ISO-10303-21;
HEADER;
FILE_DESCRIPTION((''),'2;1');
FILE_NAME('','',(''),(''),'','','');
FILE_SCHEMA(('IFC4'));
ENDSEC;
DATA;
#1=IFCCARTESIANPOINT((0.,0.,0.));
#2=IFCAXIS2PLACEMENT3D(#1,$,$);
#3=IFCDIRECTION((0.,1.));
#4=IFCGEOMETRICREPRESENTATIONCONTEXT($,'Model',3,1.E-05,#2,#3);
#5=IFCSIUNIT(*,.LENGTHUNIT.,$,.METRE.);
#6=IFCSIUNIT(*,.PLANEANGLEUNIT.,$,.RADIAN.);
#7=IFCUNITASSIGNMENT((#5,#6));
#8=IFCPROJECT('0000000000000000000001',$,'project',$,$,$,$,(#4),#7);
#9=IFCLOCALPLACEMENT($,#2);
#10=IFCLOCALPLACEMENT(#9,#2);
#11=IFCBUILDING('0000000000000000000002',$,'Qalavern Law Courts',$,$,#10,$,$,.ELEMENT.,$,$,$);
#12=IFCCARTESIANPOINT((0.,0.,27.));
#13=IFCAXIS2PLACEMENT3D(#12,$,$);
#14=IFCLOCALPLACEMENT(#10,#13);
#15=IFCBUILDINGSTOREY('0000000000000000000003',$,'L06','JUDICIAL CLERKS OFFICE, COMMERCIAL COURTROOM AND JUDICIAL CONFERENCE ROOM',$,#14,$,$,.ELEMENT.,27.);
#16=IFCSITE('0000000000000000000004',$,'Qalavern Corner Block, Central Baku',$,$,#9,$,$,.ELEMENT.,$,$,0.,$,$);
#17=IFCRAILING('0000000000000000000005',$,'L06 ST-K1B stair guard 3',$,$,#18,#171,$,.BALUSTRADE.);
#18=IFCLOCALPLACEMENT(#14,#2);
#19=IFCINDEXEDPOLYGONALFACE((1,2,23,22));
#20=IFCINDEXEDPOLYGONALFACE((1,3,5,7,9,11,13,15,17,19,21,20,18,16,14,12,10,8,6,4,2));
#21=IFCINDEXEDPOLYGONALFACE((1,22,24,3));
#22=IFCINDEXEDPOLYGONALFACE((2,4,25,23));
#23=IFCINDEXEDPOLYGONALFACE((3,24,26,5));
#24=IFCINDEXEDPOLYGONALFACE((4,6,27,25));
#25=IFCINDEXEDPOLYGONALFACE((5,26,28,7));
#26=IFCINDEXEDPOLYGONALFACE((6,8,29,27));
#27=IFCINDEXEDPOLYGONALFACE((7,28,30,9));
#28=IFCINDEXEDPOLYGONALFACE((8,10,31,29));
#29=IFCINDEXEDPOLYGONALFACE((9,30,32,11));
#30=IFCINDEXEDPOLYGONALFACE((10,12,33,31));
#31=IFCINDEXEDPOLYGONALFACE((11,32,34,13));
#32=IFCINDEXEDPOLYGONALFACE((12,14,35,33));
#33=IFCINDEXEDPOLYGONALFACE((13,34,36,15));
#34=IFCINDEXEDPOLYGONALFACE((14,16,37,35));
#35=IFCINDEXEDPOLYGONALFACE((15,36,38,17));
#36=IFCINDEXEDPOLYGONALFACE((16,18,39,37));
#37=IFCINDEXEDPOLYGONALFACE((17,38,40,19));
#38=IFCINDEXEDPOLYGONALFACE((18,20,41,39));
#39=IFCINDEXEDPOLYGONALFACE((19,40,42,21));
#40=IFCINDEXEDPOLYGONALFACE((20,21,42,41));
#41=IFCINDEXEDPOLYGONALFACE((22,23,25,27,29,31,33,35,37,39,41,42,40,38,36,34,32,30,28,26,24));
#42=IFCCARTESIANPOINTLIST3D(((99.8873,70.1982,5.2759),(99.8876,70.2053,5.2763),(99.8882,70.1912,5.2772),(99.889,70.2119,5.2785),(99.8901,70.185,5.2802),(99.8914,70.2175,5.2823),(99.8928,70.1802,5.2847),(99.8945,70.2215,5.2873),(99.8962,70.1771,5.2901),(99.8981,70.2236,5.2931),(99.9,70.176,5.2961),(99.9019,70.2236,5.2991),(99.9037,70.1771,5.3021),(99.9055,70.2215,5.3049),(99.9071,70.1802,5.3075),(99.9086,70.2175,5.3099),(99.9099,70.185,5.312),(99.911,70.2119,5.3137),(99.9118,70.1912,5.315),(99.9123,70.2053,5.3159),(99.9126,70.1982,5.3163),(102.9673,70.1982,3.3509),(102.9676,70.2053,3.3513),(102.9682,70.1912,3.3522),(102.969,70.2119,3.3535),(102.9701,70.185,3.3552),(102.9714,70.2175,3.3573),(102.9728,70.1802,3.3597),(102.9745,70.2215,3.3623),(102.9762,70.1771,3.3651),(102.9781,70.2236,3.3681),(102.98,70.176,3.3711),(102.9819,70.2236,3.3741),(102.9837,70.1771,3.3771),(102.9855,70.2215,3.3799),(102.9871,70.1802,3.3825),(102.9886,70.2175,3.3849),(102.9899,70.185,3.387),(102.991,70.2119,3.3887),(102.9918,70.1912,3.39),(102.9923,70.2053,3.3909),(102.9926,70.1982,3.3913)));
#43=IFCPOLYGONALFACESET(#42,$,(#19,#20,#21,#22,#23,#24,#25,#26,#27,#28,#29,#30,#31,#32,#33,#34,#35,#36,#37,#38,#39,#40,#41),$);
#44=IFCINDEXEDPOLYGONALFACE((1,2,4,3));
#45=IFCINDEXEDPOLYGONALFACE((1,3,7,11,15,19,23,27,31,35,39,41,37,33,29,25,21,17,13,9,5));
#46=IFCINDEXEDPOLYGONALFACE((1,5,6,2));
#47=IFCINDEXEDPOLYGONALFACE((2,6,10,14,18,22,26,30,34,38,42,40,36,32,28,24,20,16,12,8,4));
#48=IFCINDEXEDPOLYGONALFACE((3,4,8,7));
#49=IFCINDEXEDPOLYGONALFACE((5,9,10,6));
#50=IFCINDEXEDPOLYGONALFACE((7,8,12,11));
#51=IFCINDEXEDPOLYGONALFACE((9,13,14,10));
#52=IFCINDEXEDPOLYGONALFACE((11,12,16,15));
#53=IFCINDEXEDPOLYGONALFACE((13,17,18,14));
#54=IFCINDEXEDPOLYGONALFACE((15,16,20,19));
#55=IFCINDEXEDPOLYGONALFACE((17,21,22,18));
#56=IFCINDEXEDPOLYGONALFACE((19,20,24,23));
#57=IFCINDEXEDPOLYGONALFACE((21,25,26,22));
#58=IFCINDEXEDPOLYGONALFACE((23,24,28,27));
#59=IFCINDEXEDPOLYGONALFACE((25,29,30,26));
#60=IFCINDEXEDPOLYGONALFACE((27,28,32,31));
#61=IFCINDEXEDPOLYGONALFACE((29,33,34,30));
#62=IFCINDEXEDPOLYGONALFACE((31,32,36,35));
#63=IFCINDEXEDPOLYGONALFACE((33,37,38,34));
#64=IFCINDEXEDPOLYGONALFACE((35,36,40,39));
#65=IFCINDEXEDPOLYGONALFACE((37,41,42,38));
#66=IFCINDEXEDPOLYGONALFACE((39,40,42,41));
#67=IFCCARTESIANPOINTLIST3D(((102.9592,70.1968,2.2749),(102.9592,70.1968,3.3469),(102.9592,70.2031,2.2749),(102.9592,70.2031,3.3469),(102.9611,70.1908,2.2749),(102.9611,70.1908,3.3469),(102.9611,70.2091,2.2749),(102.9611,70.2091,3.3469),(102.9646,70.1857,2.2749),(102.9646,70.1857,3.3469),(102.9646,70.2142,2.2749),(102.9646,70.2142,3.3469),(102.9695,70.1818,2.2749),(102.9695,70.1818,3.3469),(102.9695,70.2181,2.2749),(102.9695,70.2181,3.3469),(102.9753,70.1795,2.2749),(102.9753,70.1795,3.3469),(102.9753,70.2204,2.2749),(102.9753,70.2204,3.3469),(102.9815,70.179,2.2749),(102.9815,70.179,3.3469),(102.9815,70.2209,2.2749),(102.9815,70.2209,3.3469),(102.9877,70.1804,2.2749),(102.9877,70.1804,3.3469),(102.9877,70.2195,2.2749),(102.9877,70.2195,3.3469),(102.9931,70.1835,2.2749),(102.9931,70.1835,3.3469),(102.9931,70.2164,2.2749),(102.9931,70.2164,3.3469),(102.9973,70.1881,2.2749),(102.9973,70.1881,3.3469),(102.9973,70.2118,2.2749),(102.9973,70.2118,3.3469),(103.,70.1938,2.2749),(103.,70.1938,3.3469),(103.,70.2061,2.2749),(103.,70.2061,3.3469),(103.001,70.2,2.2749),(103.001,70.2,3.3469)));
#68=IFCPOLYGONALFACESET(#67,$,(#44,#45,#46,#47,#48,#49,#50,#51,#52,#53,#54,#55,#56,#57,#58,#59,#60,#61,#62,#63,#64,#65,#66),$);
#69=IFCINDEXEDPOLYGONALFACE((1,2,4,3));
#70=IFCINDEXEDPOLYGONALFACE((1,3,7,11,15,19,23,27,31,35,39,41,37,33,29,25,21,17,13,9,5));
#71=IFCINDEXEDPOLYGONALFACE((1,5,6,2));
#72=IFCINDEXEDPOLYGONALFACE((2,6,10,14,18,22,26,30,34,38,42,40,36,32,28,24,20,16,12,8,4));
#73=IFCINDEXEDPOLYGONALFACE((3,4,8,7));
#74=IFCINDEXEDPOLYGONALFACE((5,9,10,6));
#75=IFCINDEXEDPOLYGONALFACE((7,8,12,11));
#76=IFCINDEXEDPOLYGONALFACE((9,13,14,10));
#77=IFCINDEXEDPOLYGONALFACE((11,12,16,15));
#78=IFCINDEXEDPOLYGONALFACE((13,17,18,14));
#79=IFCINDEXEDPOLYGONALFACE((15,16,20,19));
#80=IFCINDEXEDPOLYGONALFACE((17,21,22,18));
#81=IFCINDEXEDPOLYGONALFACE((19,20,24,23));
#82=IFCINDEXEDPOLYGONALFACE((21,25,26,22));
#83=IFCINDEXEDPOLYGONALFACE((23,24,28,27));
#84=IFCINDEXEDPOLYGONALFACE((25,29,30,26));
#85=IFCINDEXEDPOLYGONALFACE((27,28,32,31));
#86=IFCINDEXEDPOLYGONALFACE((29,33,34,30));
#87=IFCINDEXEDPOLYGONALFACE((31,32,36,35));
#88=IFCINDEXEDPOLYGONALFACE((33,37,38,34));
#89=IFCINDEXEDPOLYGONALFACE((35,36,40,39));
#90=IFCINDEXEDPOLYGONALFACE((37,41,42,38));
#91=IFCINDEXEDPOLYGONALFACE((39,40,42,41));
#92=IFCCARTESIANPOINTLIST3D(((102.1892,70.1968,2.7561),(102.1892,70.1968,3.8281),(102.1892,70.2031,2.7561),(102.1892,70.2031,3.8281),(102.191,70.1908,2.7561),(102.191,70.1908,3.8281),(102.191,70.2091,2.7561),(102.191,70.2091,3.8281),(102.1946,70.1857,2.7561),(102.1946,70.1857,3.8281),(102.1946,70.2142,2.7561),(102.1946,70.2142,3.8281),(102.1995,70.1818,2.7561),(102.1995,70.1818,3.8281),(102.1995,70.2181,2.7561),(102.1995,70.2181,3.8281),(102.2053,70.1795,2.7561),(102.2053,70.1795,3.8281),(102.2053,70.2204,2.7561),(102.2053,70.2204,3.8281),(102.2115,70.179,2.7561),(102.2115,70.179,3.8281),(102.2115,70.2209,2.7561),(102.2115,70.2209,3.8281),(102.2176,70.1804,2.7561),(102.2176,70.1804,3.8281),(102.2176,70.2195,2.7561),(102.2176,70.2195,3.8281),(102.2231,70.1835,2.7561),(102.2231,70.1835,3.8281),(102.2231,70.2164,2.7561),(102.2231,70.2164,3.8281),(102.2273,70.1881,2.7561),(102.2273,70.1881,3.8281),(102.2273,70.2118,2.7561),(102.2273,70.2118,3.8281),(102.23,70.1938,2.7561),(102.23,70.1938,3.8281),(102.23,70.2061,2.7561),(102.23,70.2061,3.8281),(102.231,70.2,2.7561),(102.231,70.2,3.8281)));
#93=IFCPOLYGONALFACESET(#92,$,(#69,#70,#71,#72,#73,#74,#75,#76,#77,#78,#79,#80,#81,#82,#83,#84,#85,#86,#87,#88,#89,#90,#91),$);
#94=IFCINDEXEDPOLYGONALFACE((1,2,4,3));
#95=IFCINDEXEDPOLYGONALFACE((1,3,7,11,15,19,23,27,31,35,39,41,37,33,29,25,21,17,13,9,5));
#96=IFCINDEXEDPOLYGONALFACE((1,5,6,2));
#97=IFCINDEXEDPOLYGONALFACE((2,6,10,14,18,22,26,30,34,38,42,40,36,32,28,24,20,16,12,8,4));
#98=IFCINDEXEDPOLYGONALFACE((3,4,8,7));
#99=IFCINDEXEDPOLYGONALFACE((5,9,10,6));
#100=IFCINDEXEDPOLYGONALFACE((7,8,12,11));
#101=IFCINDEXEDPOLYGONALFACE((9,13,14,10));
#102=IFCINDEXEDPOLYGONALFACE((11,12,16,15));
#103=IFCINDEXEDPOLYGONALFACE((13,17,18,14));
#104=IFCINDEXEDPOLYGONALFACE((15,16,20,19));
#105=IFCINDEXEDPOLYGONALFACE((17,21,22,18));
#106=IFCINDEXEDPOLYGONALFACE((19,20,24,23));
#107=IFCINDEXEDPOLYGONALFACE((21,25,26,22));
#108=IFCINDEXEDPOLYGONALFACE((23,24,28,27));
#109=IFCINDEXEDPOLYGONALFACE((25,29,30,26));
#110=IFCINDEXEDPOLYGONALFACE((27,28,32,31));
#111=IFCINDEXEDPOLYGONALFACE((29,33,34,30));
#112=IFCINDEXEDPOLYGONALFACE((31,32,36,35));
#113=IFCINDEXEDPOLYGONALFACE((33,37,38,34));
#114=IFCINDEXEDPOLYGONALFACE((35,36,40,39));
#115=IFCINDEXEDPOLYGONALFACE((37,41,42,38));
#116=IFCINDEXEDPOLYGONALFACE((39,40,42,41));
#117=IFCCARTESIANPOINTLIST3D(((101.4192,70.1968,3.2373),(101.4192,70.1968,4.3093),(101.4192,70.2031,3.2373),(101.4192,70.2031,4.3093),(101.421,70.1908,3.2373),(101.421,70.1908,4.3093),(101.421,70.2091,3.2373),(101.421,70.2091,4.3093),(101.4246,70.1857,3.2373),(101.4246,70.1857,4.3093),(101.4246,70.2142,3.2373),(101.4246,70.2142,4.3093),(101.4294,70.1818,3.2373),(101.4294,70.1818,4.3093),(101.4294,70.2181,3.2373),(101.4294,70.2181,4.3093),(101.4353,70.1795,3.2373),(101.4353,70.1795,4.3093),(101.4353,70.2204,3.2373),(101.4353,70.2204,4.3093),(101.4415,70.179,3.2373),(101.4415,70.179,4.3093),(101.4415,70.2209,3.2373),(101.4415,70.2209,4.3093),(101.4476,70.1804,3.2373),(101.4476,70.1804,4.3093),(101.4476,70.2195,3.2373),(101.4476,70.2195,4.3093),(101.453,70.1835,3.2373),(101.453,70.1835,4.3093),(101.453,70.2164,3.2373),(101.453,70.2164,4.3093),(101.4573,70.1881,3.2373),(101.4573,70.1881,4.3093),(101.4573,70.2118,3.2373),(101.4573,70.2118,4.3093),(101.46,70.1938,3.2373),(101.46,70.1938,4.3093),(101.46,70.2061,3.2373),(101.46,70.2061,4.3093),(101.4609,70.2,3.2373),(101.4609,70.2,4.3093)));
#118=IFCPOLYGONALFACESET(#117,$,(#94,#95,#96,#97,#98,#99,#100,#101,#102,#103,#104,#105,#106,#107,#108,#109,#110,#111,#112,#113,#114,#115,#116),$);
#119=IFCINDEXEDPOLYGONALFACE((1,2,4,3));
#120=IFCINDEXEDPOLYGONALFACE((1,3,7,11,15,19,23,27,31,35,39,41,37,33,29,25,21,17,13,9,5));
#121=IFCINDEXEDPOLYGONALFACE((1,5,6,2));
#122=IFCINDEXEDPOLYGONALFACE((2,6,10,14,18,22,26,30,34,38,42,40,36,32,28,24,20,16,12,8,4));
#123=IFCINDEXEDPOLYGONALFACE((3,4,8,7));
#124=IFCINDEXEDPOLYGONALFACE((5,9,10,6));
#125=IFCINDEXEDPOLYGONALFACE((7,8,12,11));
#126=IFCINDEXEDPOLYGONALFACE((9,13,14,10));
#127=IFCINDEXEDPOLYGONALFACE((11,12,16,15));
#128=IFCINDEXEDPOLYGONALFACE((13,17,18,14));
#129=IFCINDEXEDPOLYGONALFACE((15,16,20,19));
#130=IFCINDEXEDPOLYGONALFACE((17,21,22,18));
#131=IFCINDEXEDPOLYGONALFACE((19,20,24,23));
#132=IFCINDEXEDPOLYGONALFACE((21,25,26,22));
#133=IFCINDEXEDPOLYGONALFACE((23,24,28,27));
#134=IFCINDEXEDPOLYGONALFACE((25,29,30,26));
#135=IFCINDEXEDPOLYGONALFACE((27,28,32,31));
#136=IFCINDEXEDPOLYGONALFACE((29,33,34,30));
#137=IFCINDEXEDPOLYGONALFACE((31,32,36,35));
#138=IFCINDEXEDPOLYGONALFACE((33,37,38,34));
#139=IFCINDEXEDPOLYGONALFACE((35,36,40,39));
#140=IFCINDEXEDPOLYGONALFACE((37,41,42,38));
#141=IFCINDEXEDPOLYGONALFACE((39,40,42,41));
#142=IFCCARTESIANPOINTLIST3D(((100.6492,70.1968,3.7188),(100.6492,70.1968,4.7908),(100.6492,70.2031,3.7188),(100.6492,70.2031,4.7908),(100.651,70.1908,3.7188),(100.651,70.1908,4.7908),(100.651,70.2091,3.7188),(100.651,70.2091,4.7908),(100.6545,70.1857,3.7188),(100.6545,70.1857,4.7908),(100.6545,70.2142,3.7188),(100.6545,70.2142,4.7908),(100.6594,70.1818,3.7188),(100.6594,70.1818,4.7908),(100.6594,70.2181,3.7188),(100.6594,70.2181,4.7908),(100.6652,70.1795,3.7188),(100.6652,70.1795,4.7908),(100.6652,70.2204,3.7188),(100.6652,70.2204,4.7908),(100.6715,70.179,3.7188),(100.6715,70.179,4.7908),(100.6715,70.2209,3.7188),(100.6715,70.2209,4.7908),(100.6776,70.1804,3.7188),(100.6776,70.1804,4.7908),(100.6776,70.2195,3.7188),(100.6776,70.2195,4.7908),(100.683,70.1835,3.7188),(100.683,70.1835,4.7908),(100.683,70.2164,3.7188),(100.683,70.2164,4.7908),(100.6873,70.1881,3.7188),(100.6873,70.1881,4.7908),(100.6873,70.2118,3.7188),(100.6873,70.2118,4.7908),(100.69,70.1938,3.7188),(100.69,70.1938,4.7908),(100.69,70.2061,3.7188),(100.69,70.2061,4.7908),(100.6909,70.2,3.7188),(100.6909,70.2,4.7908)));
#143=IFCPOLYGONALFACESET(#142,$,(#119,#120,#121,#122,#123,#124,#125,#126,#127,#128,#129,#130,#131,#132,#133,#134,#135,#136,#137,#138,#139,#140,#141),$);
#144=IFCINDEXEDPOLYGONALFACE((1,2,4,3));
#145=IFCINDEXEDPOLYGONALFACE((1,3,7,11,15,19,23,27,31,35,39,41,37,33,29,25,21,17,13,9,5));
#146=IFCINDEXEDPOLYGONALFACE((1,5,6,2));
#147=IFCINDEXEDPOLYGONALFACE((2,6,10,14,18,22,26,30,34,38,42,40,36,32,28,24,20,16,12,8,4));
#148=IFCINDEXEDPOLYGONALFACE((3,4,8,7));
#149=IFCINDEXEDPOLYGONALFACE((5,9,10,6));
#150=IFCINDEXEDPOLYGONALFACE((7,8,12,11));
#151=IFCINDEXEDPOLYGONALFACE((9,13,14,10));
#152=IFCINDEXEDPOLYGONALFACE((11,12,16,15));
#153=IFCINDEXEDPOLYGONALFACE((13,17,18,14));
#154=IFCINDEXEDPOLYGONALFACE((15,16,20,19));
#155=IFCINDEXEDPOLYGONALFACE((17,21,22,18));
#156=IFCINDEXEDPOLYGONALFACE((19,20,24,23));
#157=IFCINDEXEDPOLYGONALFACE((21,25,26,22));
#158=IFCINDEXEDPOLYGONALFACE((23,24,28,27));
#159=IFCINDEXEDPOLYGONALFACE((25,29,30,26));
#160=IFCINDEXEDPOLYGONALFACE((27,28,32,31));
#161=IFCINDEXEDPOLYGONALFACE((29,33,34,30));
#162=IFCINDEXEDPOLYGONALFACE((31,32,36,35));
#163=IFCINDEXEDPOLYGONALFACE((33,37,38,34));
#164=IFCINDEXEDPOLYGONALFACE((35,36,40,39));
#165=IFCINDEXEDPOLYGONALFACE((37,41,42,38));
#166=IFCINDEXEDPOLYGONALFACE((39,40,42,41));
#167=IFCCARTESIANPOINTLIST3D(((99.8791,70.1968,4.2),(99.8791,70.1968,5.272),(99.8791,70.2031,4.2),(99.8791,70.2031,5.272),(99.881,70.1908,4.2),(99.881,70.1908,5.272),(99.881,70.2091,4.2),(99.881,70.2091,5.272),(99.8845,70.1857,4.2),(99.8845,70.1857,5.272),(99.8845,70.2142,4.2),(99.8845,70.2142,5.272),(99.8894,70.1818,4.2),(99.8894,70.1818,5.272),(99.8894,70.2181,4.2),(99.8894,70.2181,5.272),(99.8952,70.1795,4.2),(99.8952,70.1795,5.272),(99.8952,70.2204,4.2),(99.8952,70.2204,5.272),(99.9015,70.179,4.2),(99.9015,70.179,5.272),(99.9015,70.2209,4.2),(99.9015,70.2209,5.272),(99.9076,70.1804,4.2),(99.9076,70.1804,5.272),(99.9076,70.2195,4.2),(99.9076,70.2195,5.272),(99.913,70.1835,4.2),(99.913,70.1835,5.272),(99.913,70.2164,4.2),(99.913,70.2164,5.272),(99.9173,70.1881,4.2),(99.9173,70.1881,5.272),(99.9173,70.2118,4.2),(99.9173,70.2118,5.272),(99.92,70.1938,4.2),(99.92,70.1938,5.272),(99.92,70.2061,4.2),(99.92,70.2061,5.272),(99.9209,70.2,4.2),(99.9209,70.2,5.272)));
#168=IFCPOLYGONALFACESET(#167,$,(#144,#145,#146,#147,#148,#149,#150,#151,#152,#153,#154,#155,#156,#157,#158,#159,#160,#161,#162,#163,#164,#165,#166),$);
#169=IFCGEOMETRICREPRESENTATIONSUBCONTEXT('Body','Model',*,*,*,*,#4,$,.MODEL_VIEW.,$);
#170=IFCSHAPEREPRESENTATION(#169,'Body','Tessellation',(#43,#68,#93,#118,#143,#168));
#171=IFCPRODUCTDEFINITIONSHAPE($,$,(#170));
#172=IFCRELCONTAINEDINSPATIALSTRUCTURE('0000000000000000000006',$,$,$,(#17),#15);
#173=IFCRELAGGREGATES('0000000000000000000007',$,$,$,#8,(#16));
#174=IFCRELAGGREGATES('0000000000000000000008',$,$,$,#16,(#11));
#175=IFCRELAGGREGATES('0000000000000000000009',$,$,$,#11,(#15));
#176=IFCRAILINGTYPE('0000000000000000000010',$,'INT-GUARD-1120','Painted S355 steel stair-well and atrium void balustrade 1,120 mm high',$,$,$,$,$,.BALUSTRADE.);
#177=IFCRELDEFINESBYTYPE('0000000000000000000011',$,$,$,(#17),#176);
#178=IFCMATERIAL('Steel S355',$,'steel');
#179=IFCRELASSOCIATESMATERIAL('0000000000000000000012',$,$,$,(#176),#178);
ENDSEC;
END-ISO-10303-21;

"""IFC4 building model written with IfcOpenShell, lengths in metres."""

from ifc_helpers import new_model, si_unit, direction, frame, origin, origin_2d, place, context, subcontext, project, spatial, circle, extrude, material, type_object, element, save


model = new_model("IFC4")

# Units and contexts
model_context = context("Model", 3, precision=1e-05, world=origin(), true_north=direction((0.0, 1.0)))
body_context = subcontext(model_context, "Body", "Model", "MODEL_VIEW")
ifc_project = project(units=[si_unit("LENGTHUNIT", "METRE"), si_unit("PLANEANGLEUNIT", "RADIAN")], contexts=[model_context])

# Site, building, storey
site_placement = place(None, origin())
site = spatial("IfcSite", under=ifc_project, at=site_placement, Name="Qalavern Corner Block, Central Baku", CompositionType="ELEMENT", RefElevation=0.0)
building_placement = place(site_placement, origin())
building = spatial("IfcBuilding", under=site, at=building_placement, Name="Qalavern Law Courts", CompositionType="ELEMENT")
storey_placement = place(building_placement, frame((0.0, 0.0, 27.0)))
storey = spatial("IfcBuildingStorey", under=building, at=storey_placement, Name="L06", Description="JUDICIAL CLERKS OFFICE, COMMERCIAL COURTROOM AND JUDICIAL CONFERENCE ROOM", CompositionType="ELEMENT", Elevation=27.0)

# Shared definitions
ifc_material_1 = material(Name="Steel S355", Category="steel")

# Railing
railing_type_1 = type_object("IfcRailingType", Name="INT-GUARD-1120", Description="Painted S355 steel stair-well and atrium void balustrade 1,120 mm high", PredefinedType="BALUSTRADE", material=ifc_material_1)
railing_1_placement = place(storey_placement, frame((102.98, 70.2, 2.2749)))
element("IfcRailing", 1, at=railing_1_placement, inside=storey, type_object=railing_type_1, Name="L06 ST-K1B stair guard 3", PredefinedType="BALUSTRADE", context=body_context, shape_type="SweptSolid", body=[
    extrude(circle(Radius=0.0239, at=origin_2d()), frame((0.0, 0.0, 1.0962), z_axis=(-0.847998, 0.0, 0.529999), x_axis=(0.0, -1.0, 0.0)), (0.0, 0.0, 1.0), 3.6321),
    extrude(circle(Radius=0.021, at=origin_2d()), origin(), (0.0, 0.0, 1.0), 1.072),
    extrude(circle(Radius=0.021, at=origin_2d()), frame((-0.77, 0.0, 0.4812)), (0.0, 0.0, 1.0), 1.072),
    extrude(circle(Radius=0.021, at=origin_2d()), frame((-1.54, 0.0, 0.9624)), (0.0, 0.0, 1.0), 1.072),
    extrude(circle(Radius=0.021, at=origin_2d()), frame((-2.3101, 0.0, 1.4438)), (0.0, 0.0, 1.0), 1.072),
    extrude(circle(Radius=0.021, at=origin_2d()), frame((-3.0801, 0.0, 1.925)), (0.0, 0.0, 1.0), 1.072),
])

save(model, "model.ifc")
